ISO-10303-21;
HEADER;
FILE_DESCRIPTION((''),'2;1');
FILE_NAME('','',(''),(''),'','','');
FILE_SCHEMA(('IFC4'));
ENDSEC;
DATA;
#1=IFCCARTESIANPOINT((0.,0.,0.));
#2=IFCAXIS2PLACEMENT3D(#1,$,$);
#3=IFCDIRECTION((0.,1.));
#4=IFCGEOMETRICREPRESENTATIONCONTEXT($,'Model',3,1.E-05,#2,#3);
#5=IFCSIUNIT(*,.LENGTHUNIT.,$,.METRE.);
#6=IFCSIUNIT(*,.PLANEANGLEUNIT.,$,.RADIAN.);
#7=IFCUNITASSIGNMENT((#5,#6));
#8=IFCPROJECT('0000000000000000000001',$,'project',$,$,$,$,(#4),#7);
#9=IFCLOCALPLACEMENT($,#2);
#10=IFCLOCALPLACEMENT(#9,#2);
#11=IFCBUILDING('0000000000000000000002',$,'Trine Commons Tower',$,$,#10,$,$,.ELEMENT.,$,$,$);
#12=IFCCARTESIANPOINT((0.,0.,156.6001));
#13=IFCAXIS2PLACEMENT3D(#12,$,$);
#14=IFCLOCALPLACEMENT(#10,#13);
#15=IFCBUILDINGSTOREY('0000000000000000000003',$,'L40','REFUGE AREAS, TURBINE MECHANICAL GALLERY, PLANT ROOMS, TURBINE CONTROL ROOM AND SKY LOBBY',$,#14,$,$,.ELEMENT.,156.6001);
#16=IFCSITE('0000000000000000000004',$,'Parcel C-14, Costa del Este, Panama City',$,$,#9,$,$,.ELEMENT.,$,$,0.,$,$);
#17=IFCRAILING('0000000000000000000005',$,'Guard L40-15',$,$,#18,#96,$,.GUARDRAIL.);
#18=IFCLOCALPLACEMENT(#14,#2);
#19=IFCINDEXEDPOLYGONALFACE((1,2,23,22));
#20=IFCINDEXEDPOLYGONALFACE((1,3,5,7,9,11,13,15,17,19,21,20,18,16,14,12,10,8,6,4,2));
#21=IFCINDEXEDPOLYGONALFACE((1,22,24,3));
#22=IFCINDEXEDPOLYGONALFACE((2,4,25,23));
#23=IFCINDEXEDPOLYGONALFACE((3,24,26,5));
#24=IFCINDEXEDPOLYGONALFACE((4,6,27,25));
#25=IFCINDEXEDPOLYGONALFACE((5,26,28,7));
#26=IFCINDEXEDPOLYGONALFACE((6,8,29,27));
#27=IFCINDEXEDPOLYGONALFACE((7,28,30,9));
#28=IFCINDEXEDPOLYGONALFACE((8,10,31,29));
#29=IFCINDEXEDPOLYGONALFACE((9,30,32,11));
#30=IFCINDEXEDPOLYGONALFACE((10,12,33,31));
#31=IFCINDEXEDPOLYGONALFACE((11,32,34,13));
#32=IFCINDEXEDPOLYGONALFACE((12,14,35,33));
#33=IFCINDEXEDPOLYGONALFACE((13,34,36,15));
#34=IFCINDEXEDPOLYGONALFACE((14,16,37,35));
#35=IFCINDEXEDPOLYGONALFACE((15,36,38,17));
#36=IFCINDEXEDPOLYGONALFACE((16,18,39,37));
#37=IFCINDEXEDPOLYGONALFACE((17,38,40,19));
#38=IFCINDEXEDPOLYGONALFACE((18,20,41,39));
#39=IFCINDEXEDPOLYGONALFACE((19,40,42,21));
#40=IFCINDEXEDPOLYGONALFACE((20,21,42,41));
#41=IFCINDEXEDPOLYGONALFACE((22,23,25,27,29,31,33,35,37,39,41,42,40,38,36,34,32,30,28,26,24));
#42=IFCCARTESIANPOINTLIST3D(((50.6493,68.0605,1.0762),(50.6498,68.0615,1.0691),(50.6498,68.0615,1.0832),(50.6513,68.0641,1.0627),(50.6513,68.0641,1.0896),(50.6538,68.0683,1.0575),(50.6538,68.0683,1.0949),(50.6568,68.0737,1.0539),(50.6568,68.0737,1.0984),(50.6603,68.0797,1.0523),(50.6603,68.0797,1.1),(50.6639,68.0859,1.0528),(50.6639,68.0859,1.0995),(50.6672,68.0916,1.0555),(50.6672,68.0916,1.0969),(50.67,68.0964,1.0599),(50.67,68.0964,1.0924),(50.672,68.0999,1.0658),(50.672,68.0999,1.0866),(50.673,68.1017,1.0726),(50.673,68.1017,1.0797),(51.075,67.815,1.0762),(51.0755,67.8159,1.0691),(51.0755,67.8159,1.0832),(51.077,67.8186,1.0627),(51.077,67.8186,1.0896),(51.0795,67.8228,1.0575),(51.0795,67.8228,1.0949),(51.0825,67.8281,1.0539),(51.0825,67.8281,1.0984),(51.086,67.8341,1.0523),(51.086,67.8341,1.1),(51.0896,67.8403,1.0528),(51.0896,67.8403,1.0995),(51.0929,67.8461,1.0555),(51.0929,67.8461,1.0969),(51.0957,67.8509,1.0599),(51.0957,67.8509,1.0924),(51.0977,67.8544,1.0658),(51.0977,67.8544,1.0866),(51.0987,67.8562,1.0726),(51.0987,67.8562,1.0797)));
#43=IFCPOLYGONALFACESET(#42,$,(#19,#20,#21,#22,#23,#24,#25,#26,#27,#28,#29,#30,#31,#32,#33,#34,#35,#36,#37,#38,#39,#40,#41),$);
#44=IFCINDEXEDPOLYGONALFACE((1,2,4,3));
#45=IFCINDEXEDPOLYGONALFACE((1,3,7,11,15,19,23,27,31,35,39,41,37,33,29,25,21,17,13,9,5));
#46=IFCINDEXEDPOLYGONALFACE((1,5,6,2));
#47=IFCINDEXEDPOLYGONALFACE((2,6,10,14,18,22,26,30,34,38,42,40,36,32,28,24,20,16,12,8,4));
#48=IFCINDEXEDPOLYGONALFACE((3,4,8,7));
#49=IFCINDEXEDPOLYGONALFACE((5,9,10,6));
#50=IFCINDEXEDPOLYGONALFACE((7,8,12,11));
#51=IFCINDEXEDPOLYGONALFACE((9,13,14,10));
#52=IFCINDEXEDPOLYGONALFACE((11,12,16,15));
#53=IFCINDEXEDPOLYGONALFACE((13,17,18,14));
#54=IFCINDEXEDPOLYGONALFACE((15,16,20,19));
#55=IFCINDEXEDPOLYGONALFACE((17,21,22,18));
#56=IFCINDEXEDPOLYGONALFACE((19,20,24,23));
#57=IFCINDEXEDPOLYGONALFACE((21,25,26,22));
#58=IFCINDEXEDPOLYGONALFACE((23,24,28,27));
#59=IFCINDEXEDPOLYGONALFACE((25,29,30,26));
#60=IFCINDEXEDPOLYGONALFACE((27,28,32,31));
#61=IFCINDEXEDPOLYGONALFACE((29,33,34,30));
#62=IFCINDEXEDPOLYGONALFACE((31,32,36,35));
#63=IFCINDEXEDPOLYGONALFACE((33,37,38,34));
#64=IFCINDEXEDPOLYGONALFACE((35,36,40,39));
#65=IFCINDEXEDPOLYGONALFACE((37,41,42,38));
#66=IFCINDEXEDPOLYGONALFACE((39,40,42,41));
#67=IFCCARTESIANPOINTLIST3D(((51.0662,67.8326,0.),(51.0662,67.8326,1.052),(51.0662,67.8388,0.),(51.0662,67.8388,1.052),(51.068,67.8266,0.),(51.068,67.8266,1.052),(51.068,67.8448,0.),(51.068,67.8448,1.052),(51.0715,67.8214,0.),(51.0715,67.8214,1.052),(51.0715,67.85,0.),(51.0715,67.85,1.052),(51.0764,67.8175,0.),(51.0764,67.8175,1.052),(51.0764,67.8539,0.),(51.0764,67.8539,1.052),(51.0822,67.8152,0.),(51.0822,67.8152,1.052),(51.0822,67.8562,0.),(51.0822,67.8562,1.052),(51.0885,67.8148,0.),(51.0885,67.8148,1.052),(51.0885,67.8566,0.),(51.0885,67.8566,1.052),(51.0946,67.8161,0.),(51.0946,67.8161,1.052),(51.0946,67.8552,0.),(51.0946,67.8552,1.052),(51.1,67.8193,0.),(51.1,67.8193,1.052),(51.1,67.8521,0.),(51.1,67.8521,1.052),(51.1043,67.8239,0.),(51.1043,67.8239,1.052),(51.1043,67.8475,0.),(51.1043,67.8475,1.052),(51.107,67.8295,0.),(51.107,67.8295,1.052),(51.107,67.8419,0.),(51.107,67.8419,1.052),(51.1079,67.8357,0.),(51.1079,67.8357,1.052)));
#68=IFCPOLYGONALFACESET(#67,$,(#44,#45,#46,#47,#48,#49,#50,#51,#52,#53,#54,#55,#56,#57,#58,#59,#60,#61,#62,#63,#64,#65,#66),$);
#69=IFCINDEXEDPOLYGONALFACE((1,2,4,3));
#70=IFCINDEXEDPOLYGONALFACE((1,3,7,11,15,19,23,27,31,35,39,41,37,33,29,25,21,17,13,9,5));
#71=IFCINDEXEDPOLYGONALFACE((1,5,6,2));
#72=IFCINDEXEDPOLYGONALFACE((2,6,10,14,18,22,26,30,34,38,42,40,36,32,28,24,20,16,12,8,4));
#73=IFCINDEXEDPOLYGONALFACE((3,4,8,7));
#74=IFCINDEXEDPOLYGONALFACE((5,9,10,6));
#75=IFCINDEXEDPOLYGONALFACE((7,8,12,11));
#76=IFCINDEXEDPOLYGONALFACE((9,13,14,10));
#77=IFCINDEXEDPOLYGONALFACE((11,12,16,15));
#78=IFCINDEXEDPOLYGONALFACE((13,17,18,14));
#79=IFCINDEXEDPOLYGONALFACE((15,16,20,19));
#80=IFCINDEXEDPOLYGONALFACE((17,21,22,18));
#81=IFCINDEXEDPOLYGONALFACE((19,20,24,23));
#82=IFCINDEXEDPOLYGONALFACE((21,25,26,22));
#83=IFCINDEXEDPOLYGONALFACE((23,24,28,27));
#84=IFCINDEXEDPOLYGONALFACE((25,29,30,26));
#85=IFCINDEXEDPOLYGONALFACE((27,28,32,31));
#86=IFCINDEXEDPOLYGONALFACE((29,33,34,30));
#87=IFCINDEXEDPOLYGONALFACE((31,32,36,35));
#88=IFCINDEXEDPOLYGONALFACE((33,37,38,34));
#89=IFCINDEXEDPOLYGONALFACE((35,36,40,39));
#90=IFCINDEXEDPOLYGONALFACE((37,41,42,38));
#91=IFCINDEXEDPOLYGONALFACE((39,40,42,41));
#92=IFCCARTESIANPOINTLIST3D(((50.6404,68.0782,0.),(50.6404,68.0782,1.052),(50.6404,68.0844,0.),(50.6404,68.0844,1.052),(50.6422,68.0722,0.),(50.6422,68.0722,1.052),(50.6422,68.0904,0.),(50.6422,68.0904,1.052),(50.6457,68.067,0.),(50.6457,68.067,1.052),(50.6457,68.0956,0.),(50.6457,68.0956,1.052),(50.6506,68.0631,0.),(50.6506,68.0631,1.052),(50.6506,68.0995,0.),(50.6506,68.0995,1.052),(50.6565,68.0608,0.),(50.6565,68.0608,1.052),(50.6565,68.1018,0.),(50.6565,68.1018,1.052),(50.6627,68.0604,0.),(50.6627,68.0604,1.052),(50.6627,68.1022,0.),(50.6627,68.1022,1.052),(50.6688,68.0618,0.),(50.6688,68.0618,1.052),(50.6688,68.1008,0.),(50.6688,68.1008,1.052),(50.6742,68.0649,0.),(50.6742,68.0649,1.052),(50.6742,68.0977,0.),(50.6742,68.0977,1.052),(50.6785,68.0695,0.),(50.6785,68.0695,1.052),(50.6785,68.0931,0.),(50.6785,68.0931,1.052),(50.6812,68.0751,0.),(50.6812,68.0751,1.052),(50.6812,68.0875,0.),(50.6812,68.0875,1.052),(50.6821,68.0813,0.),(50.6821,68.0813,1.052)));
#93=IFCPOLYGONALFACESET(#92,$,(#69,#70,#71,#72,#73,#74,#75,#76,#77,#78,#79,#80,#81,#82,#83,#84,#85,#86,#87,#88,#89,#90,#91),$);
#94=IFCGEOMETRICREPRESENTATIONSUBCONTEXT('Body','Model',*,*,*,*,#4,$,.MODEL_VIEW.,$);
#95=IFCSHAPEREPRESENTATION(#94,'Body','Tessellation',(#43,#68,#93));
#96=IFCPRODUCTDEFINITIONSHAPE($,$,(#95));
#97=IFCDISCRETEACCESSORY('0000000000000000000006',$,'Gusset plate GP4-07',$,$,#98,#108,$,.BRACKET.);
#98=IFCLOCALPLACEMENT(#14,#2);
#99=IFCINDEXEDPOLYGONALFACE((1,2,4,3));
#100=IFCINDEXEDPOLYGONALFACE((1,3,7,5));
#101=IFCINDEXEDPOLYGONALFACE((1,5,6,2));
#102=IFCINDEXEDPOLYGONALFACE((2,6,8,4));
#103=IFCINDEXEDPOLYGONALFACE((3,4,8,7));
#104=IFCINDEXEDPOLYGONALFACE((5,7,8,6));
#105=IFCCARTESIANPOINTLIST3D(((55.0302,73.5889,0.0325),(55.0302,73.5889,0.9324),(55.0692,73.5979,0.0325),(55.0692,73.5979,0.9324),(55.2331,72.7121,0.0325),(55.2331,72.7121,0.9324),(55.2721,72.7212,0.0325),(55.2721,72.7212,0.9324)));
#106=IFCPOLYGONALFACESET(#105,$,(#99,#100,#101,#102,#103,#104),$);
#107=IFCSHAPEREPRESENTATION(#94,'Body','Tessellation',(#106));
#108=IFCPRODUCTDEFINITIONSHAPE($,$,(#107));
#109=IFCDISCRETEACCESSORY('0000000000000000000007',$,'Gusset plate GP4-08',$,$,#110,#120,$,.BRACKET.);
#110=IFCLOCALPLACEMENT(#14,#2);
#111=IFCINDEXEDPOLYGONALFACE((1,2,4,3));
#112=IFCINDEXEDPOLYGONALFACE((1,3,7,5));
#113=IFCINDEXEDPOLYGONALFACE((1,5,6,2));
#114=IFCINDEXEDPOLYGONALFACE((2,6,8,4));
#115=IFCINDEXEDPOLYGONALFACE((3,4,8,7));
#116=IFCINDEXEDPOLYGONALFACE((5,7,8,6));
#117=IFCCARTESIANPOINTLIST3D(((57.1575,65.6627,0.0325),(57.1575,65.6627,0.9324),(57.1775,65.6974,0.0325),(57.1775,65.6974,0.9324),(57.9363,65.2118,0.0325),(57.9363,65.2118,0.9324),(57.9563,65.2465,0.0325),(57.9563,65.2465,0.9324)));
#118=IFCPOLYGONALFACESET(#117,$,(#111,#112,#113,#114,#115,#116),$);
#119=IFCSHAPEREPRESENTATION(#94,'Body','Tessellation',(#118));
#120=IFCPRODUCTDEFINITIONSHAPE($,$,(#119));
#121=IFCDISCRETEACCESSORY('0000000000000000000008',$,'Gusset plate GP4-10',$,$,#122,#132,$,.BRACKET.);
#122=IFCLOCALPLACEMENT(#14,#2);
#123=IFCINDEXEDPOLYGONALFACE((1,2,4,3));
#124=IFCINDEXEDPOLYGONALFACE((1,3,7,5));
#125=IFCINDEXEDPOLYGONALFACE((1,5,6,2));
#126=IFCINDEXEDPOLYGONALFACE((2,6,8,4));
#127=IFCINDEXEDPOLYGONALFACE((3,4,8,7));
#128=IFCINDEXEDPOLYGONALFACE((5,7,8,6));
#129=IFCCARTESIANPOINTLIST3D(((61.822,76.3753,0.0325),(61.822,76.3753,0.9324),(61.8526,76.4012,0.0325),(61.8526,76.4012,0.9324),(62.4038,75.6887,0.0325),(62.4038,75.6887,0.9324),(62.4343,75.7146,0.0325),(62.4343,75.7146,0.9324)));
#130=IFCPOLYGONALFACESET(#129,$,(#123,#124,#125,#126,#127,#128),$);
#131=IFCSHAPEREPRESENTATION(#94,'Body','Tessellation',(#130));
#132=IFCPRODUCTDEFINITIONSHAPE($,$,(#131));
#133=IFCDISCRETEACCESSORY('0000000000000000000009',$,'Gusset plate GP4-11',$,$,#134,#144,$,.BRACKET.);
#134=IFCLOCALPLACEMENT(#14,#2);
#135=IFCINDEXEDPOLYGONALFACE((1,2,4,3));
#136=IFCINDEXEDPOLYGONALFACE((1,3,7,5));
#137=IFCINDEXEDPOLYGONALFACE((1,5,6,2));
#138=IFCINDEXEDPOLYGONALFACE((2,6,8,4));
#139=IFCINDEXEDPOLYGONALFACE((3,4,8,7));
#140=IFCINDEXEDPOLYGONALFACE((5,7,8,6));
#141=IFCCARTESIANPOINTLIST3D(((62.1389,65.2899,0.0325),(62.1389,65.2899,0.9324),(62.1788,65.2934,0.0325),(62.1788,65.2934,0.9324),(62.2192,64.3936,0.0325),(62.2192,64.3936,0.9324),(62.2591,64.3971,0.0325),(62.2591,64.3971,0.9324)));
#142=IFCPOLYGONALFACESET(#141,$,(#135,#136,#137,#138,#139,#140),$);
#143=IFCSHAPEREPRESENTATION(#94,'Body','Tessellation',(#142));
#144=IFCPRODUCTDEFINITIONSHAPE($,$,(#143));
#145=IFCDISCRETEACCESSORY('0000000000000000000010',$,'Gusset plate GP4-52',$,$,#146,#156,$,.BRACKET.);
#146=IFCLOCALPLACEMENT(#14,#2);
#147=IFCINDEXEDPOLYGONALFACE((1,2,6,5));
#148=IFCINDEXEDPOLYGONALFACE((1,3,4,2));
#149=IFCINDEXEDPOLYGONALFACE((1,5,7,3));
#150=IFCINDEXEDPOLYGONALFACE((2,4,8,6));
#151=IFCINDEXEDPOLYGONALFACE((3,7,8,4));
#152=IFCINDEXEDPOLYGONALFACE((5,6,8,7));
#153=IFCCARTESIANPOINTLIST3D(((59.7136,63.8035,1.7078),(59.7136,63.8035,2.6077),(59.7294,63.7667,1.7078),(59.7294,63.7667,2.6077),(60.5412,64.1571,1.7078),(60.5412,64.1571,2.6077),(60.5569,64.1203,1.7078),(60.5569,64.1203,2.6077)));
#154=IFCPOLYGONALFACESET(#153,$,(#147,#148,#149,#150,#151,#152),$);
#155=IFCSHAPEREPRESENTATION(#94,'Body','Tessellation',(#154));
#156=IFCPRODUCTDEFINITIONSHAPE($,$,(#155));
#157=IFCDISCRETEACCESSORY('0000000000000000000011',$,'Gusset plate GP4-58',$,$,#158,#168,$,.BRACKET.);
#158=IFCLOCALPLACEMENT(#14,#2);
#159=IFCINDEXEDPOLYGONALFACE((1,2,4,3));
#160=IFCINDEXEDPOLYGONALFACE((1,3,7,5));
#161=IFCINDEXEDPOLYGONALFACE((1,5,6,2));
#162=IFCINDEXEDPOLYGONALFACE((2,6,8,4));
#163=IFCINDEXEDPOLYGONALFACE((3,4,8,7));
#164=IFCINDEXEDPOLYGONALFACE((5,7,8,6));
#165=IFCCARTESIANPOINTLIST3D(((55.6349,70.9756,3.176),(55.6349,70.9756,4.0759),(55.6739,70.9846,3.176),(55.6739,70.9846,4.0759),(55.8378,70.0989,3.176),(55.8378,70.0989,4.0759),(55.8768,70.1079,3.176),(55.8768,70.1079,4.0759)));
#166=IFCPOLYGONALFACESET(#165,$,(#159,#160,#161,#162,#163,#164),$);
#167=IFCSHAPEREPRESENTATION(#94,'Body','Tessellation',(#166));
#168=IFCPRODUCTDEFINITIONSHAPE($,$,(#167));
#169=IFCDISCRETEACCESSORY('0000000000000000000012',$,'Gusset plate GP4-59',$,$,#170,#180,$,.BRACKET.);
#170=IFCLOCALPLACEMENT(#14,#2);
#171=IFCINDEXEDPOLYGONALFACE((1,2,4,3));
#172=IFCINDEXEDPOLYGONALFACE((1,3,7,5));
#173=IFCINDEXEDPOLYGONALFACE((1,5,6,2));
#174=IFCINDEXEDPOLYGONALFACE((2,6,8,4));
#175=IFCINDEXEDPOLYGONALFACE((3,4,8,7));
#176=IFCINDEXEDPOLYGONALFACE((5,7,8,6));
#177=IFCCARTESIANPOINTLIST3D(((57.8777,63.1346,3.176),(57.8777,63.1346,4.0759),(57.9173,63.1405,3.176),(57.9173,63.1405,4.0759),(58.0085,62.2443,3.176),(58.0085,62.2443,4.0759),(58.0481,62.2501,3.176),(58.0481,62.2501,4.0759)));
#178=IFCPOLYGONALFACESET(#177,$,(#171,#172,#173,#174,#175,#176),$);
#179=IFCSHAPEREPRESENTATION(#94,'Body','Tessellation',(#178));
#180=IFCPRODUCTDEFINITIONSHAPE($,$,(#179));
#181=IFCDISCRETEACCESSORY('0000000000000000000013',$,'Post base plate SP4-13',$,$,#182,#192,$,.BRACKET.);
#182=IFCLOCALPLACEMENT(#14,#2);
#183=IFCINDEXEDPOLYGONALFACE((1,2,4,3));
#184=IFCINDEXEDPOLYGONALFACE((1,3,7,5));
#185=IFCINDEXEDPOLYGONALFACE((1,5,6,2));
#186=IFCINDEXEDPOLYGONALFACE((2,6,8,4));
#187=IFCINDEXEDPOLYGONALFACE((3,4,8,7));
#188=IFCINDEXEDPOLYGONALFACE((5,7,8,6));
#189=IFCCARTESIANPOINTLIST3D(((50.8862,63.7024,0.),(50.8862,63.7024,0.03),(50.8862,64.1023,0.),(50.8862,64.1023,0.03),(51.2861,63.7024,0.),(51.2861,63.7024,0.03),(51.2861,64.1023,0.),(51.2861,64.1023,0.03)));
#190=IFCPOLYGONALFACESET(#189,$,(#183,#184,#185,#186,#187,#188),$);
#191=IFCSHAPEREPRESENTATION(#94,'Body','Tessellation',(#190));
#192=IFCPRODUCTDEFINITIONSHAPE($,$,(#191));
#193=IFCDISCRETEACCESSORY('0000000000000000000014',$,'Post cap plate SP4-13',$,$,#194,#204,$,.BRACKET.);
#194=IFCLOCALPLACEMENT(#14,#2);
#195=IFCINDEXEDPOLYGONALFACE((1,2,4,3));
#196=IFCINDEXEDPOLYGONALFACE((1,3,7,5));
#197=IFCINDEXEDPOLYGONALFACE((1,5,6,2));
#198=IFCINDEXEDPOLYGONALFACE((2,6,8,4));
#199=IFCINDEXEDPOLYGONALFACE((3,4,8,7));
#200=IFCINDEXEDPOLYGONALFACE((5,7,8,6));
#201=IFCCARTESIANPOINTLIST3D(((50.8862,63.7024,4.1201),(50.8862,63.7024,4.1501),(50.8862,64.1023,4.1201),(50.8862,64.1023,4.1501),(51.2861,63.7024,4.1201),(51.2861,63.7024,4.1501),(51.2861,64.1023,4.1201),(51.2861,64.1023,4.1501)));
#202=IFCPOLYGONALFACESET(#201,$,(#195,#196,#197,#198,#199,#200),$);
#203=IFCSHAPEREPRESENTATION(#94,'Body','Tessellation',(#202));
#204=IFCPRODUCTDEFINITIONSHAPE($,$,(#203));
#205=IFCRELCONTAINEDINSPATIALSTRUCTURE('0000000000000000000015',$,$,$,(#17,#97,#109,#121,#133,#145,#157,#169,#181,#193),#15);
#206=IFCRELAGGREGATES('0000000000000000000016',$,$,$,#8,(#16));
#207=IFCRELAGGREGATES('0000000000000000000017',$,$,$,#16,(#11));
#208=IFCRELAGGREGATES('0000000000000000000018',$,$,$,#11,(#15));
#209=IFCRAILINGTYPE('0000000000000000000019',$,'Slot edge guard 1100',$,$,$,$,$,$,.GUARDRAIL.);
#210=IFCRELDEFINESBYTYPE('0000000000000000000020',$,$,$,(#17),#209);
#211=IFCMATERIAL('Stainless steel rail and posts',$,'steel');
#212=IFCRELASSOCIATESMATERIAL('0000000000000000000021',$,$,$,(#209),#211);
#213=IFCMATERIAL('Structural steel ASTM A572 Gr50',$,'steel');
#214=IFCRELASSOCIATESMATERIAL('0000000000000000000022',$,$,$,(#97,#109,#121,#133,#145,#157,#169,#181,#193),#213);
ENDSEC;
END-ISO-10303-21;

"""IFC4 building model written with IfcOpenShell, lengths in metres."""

from ifc_helpers import new_model, si_unit, direction, frame, origin, origin_2d, place, context, subcontext, project, spatial, rectangle, circle, extrude, material, type_object, element, save


model = new_model("IFC4")

# Units and contexts
model_context = context("Model", 3, precision=1e-05, world=origin(), true_north=direction((0.0, 1.0)))
body_context = subcontext(model_context, "Body", "Model", "MODEL_VIEW")
ifc_project = project(units=[si_unit("LENGTHUNIT", "METRE"), si_unit("PLANEANGLEUNIT", "RADIAN")], contexts=[model_context])

# Site, building, storey
site_placement = place(None, origin())
site = spatial("IfcSite", under=ifc_project, at=site_placement, Name="Parcel C-14, Costa del Este, Panama City", CompositionType="ELEMENT", RefElevation=0.0)
building_placement = place(site_placement, origin())
building = spatial("IfcBuilding", under=site, at=building_placement, Name="Trine Commons Tower", CompositionType="ELEMENT")
storey_placement = place(building_placement, frame((0.0, 0.0, 156.6001)))
storey = spatial("IfcBuildingStorey", under=building, at=storey_placement, Name="L40", Description="REFUGE AREAS, TURBINE MECHANICAL GALLERY, PLANT ROOMS, TURBINE CONTROL ROOM AND SKY LOBBY", CompositionType="ELEMENT", Elevation=156.6001)

# Railing
ifc_material_1 = material(Name="Stainless steel rail and posts", Category="steel")
railing_type = type_object("IfcRailingType", Name="Slot edge guard 1100", PredefinedType="GUARDRAIL", material=ifc_material_1)
railing_1_placement = place(storey_placement, frame((51.0869, 67.8357, 0.0)))
element("IfcRailing", 1, at=railing_1_placement, inside=storey, type_object=railing_type, Name="Guard L40-15", PredefinedType="GUARDRAIL", context=body_context, shape_type="SweptSolid", body=[
    extrude(circle(Radius=0.0239, at=origin_2d()), frame((0.0, 0.0, 1.0762), z_axis=(-0.866219, 0.499665, 0.0), x_axis=(-0.499665, -0.866219, 0.0)), (0.0, 0.0, 1.0), 0.4915),
    extrude(circle(Radius=0.021, at=origin_2d()), origin(), (0.0, 0.0, 1.0), 1.052),
    extrude(circle(Radius=0.021, at=origin_2d()), frame((-0.4258, 0.2456, 0.0)), (0.0, 0.0, 1.0), 1.052),
])

# Discrete accessories
ifc_material_2 = material(Name="Structural steel ASTM A572 Gr50", Category="steel")
for number, where, z_axis, x_axis, name in (
    (2, (55.1511, 73.155, 0.0325), (0.0, 0.0, 1.0), (0.225444, -0.974256, 0.0), "Gusset plate GP4-07"),
    (3, (57.5569, 65.4546, 0.0325), (0.0, 0.0, 1.0), (0.865423, -0.501043, 0.0), "Gusset plate GP4-08"),
    (4, (62.1282, 76.0449, 0.0325), (0.0, 0.0, 1.0), (0.646417, -0.762984, 0.0), "Gusset plate GP4-10"),
    (5, (62.199, 64.8435, 0.0325), (0.0, 0.0, 1.0), (0.089225, -0.996012, 0.0), "Gusset plate GP4-11"),
    (6, (60.1353, 63.9619, 1.7078), (0.0, 0.0, 1.0), (-0.919582, -0.392899, 0.0), "Gusset plate GP4-52"),
    (7, (55.7559, 70.5417, 3.176), (0.0, 0.0, 1.0), (0.225444, -0.974256, 0.0), "Gusset plate GP4-58"),
    (8, (57.9629, 62.6924, 3.176), (0.0, 0.0, 1.0), (0.145341, -0.989382, 0.0), "Gusset plate GP4-59"),
):
    element("IfcDiscreteAccessory", number, at=place(storey_placement, frame(where, z_axis=z_axis, x_axis=x_axis)), inside=storey, material=ifc_material_2, Name=name, PredefinedType="BRACKET", context=body_context, shape_type="SweptSolid", body=[
        extrude(rectangle(XDim=0.8999, YDim=0.04, at=origin_2d()), origin(), (0.0, 0.0, 1.0), 0.8999),
    ])
for number, where, z_axis, x_axis, name in (
    (9, (51.0862, 63.9023, 0.0), (0.0, 0.0, 1.0), (1.0, 0.0, 0.0), "Post base plate SP4-13"),
    (10, (51.0862, 63.9023, 4.1201), (0.0, 0.0, 1.0), (1.0, 0.0, 0.0), "Post cap plate SP4-13"),
):
    element("IfcDiscreteAccessory", number, at=place(storey_placement, frame(where, z_axis=z_axis, x_axis=x_axis)), inside=storey, material=ifc_material_2, Name=name, PredefinedType="BRACKET", context=body_context, shape_type="SweptSolid", body=[
        extrude(rectangle(XDim=0.3999, YDim=0.3999, at=origin_2d()), origin(), (0.0, 0.0, 1.0), 0.03),
    ])

save(model, "model.ifc")
